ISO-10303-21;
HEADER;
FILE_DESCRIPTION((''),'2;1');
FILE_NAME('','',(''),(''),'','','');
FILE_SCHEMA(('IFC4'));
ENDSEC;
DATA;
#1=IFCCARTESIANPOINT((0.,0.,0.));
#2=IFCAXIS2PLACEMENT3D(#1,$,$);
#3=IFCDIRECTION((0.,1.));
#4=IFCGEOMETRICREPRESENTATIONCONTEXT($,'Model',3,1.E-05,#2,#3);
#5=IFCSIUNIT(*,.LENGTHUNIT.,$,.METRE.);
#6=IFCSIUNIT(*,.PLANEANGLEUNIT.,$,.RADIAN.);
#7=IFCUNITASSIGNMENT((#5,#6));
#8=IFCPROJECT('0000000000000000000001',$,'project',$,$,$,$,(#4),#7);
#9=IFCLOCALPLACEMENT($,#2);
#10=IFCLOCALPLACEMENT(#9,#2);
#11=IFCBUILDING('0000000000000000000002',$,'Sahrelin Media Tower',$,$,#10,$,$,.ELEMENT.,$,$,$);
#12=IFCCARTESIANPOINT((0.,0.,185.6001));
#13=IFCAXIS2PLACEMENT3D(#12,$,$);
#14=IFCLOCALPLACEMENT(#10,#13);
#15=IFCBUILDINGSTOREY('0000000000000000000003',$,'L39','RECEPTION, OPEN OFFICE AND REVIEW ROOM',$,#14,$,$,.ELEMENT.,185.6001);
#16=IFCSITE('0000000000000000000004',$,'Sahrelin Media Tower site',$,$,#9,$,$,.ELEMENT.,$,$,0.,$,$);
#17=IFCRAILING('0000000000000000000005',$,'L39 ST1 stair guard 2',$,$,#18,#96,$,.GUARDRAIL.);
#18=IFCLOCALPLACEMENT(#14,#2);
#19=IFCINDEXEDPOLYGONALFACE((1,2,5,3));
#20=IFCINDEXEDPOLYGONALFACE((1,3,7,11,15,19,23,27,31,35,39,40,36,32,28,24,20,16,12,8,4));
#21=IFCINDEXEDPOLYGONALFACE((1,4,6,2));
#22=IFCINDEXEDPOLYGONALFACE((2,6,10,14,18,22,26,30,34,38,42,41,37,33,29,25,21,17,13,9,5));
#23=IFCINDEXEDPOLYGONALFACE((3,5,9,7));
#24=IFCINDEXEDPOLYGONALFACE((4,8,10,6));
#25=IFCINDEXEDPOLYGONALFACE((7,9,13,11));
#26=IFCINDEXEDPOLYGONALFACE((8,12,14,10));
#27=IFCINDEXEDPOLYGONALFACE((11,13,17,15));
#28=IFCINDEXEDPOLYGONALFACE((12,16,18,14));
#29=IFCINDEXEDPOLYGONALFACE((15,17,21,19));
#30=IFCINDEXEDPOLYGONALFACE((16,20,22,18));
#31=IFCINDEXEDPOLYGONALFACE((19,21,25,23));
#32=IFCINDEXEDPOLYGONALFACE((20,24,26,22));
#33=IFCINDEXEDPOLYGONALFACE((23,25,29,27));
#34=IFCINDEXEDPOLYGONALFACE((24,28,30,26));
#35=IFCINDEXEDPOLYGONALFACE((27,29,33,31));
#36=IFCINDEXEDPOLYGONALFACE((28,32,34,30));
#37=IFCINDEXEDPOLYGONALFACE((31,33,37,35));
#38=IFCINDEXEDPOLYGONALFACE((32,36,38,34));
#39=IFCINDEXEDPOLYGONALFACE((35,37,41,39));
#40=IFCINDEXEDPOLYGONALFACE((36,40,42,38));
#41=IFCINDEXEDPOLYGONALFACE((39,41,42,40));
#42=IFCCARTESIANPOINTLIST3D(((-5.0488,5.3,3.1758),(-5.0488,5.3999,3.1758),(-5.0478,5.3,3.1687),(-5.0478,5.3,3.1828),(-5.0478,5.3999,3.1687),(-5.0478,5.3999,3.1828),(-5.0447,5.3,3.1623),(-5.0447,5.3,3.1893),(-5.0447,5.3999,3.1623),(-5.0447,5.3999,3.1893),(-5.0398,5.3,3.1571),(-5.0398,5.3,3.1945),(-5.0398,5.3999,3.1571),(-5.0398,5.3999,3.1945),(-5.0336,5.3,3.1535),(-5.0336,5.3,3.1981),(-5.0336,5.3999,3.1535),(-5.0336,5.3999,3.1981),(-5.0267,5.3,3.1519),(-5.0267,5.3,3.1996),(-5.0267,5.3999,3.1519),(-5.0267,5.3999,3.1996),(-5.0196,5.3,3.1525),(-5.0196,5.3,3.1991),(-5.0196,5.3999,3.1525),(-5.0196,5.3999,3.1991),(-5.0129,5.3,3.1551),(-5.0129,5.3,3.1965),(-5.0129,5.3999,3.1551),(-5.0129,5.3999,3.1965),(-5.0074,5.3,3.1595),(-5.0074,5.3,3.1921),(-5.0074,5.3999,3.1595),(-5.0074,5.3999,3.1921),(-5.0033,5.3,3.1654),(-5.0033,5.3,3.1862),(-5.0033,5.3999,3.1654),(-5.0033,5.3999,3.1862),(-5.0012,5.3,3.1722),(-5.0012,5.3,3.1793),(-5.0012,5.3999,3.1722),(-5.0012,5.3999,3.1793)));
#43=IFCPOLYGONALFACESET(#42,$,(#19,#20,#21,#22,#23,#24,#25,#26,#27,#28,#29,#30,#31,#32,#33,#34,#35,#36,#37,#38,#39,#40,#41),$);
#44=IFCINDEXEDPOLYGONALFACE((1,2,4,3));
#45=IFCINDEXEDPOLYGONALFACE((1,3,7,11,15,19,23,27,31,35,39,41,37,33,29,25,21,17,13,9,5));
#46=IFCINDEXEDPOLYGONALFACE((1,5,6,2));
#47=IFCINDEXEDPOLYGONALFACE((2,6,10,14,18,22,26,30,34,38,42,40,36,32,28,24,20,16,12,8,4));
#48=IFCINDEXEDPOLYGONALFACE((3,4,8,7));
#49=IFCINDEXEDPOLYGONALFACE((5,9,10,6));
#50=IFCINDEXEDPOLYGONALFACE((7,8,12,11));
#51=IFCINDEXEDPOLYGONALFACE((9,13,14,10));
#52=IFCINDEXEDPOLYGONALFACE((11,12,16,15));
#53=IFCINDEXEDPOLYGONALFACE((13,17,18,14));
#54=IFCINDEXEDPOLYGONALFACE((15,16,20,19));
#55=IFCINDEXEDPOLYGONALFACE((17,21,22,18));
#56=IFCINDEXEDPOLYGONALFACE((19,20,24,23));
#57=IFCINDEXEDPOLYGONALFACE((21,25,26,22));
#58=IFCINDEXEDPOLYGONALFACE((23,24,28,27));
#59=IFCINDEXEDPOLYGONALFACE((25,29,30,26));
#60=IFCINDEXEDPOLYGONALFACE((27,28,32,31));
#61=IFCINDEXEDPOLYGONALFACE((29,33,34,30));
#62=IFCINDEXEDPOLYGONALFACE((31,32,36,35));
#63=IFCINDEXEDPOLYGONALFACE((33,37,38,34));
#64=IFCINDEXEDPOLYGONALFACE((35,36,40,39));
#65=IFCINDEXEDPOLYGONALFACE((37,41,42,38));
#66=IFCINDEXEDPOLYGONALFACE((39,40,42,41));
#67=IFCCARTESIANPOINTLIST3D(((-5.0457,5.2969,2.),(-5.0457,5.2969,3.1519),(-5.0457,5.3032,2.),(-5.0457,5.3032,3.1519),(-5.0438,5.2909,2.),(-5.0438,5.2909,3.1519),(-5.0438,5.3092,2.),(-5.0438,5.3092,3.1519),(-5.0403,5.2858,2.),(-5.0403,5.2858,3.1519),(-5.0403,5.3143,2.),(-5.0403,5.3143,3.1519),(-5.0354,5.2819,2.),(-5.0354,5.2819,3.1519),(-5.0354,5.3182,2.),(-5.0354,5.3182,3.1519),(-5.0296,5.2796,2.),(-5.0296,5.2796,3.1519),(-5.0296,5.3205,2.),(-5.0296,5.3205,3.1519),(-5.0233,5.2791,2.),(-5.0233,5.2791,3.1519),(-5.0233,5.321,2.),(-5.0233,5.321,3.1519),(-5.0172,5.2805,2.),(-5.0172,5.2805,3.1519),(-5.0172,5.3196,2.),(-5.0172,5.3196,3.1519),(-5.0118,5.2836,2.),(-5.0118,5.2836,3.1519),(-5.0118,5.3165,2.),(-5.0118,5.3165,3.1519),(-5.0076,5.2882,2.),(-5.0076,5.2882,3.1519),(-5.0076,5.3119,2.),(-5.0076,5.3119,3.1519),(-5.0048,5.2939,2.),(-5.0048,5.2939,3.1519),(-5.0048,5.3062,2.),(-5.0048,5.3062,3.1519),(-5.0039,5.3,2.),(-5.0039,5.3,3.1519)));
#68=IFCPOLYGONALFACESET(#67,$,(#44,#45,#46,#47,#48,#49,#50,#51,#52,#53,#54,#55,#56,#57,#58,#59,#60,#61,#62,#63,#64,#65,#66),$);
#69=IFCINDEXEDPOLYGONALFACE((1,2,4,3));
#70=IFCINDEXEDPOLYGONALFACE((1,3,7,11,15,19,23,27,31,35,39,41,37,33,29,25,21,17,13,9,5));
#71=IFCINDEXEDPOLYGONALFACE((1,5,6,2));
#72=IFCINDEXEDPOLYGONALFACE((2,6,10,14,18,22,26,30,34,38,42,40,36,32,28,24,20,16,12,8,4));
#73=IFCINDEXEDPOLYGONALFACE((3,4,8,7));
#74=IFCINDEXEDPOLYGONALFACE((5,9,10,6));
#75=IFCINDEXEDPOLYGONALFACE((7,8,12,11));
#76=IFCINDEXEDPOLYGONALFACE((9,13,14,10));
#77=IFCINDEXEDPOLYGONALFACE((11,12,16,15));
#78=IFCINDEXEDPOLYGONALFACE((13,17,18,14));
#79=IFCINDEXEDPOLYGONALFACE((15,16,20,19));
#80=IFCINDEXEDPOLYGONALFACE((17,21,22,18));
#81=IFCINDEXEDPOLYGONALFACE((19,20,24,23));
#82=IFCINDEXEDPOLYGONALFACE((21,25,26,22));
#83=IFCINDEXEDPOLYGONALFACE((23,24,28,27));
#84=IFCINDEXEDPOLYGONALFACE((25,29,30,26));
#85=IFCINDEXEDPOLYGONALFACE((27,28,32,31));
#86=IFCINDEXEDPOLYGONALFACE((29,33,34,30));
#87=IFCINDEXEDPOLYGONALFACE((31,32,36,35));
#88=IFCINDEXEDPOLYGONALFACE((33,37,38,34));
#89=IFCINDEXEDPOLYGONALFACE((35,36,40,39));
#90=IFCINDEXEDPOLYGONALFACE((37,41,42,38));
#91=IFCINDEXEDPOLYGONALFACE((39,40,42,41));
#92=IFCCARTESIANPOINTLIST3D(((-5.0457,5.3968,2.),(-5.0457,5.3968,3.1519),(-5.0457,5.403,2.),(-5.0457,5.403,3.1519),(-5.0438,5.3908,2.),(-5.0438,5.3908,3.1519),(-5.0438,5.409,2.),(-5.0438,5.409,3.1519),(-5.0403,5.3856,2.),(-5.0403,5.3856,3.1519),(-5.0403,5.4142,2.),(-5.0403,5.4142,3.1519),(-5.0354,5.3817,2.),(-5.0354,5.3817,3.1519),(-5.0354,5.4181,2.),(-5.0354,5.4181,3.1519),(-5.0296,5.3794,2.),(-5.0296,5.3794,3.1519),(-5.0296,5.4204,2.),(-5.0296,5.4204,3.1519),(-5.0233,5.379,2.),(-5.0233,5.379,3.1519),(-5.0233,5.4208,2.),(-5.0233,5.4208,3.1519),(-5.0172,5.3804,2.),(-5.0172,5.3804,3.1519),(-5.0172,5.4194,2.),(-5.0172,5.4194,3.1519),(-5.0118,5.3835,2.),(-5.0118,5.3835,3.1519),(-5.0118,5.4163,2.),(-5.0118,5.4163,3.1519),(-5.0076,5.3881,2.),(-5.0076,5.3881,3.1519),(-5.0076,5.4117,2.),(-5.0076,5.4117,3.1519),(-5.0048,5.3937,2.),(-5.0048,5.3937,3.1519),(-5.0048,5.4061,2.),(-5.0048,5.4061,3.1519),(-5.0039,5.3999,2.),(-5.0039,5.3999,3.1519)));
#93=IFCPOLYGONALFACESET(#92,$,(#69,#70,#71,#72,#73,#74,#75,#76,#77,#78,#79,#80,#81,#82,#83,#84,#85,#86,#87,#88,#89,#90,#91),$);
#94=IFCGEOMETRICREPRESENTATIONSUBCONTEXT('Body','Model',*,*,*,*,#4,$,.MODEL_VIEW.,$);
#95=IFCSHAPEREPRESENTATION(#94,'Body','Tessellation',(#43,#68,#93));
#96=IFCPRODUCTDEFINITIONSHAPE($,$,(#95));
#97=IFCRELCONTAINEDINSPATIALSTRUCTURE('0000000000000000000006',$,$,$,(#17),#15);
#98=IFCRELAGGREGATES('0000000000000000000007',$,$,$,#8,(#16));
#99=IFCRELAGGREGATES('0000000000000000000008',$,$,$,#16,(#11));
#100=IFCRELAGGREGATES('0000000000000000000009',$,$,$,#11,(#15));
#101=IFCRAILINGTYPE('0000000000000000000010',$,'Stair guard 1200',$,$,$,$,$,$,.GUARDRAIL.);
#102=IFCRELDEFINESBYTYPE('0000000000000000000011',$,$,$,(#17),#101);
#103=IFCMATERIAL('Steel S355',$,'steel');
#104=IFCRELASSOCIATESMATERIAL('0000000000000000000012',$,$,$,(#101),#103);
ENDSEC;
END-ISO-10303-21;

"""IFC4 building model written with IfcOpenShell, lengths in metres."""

from ifc_helpers import new_model, si_unit, direction, frame, origin, origin_2d, place, context, subcontext, project, spatial, circle, extrude, material, type_object, element, save


model = new_model("IFC4")

# Units and contexts
model_context = context("Model", 3, precision=1e-05, world=origin(), true_north=direction((0.0, 1.0)))
body_context = subcontext(model_context, "Body", "Model", "MODEL_VIEW")
ifc_project = project(units=[si_unit("LENGTHUNIT", "METRE"), si_unit("PLANEANGLEUNIT", "RADIAN")], contexts=[model_context])

# Site, building, storey
site_placement = place(None, origin())
site = spatial("IfcSite", under=ifc_project, at=site_placement, Name="Sahrelin Media Tower site", CompositionType="ELEMENT", RefElevation=0.0)
building_placement = place(site_placement, origin())
building = spatial("IfcBuilding", under=site, at=building_placement, Name="Sahrelin Media Tower", CompositionType="ELEMENT")
storey_placement = place(building_placement, frame((0.0, 0.0, 185.6001)))
storey = spatial("IfcBuildingStorey", under=building, at=storey_placement, Name="L39", Description="RECEPTION, OPEN OFFICE AND REVIEW ROOM", CompositionType="ELEMENT", Elevation=185.6001)

# Shared definitions
ifc_material_1 = material(Name="Steel S355", Category="steel")

# Railing
railing_type_1 = type_object("IfcRailingType", Name="Stair guard 1200", PredefinedType="GUARDRAIL", material=ifc_material_1)
railing_1_placement = place(storey_placement, frame((-5.0249, 5.3, 2.0)))
element("IfcRailing", 1, at=railing_1_placement, inside=storey, type_object=railing_type_1, Name="L39 ST1 stair guard 2", PredefinedType="GUARDRAIL", context=body_context, shape_type="SweptSolid", body=[
    extrude(circle(Radius=0.0239, at=origin_2d()), frame((0.0, 0.0, 1.1758), z_axis=(0.0, 1.0, 0.0), x_axis=(-1.0, 0.0, 0.0)), (0.0, 0.0, 1.0), 0.0999),
    extrude(circle(Radius=0.021, at=origin_2d()), origin(), (0.0, 0.0, 1.0), 1.1519),
    extrude(circle(Radius=0.021, at=origin_2d()), frame((0.0, 0.0999, 0.0)), (0.0, 0.0, 1.0), 1.1519),
])

save(model, "model.ifc")
